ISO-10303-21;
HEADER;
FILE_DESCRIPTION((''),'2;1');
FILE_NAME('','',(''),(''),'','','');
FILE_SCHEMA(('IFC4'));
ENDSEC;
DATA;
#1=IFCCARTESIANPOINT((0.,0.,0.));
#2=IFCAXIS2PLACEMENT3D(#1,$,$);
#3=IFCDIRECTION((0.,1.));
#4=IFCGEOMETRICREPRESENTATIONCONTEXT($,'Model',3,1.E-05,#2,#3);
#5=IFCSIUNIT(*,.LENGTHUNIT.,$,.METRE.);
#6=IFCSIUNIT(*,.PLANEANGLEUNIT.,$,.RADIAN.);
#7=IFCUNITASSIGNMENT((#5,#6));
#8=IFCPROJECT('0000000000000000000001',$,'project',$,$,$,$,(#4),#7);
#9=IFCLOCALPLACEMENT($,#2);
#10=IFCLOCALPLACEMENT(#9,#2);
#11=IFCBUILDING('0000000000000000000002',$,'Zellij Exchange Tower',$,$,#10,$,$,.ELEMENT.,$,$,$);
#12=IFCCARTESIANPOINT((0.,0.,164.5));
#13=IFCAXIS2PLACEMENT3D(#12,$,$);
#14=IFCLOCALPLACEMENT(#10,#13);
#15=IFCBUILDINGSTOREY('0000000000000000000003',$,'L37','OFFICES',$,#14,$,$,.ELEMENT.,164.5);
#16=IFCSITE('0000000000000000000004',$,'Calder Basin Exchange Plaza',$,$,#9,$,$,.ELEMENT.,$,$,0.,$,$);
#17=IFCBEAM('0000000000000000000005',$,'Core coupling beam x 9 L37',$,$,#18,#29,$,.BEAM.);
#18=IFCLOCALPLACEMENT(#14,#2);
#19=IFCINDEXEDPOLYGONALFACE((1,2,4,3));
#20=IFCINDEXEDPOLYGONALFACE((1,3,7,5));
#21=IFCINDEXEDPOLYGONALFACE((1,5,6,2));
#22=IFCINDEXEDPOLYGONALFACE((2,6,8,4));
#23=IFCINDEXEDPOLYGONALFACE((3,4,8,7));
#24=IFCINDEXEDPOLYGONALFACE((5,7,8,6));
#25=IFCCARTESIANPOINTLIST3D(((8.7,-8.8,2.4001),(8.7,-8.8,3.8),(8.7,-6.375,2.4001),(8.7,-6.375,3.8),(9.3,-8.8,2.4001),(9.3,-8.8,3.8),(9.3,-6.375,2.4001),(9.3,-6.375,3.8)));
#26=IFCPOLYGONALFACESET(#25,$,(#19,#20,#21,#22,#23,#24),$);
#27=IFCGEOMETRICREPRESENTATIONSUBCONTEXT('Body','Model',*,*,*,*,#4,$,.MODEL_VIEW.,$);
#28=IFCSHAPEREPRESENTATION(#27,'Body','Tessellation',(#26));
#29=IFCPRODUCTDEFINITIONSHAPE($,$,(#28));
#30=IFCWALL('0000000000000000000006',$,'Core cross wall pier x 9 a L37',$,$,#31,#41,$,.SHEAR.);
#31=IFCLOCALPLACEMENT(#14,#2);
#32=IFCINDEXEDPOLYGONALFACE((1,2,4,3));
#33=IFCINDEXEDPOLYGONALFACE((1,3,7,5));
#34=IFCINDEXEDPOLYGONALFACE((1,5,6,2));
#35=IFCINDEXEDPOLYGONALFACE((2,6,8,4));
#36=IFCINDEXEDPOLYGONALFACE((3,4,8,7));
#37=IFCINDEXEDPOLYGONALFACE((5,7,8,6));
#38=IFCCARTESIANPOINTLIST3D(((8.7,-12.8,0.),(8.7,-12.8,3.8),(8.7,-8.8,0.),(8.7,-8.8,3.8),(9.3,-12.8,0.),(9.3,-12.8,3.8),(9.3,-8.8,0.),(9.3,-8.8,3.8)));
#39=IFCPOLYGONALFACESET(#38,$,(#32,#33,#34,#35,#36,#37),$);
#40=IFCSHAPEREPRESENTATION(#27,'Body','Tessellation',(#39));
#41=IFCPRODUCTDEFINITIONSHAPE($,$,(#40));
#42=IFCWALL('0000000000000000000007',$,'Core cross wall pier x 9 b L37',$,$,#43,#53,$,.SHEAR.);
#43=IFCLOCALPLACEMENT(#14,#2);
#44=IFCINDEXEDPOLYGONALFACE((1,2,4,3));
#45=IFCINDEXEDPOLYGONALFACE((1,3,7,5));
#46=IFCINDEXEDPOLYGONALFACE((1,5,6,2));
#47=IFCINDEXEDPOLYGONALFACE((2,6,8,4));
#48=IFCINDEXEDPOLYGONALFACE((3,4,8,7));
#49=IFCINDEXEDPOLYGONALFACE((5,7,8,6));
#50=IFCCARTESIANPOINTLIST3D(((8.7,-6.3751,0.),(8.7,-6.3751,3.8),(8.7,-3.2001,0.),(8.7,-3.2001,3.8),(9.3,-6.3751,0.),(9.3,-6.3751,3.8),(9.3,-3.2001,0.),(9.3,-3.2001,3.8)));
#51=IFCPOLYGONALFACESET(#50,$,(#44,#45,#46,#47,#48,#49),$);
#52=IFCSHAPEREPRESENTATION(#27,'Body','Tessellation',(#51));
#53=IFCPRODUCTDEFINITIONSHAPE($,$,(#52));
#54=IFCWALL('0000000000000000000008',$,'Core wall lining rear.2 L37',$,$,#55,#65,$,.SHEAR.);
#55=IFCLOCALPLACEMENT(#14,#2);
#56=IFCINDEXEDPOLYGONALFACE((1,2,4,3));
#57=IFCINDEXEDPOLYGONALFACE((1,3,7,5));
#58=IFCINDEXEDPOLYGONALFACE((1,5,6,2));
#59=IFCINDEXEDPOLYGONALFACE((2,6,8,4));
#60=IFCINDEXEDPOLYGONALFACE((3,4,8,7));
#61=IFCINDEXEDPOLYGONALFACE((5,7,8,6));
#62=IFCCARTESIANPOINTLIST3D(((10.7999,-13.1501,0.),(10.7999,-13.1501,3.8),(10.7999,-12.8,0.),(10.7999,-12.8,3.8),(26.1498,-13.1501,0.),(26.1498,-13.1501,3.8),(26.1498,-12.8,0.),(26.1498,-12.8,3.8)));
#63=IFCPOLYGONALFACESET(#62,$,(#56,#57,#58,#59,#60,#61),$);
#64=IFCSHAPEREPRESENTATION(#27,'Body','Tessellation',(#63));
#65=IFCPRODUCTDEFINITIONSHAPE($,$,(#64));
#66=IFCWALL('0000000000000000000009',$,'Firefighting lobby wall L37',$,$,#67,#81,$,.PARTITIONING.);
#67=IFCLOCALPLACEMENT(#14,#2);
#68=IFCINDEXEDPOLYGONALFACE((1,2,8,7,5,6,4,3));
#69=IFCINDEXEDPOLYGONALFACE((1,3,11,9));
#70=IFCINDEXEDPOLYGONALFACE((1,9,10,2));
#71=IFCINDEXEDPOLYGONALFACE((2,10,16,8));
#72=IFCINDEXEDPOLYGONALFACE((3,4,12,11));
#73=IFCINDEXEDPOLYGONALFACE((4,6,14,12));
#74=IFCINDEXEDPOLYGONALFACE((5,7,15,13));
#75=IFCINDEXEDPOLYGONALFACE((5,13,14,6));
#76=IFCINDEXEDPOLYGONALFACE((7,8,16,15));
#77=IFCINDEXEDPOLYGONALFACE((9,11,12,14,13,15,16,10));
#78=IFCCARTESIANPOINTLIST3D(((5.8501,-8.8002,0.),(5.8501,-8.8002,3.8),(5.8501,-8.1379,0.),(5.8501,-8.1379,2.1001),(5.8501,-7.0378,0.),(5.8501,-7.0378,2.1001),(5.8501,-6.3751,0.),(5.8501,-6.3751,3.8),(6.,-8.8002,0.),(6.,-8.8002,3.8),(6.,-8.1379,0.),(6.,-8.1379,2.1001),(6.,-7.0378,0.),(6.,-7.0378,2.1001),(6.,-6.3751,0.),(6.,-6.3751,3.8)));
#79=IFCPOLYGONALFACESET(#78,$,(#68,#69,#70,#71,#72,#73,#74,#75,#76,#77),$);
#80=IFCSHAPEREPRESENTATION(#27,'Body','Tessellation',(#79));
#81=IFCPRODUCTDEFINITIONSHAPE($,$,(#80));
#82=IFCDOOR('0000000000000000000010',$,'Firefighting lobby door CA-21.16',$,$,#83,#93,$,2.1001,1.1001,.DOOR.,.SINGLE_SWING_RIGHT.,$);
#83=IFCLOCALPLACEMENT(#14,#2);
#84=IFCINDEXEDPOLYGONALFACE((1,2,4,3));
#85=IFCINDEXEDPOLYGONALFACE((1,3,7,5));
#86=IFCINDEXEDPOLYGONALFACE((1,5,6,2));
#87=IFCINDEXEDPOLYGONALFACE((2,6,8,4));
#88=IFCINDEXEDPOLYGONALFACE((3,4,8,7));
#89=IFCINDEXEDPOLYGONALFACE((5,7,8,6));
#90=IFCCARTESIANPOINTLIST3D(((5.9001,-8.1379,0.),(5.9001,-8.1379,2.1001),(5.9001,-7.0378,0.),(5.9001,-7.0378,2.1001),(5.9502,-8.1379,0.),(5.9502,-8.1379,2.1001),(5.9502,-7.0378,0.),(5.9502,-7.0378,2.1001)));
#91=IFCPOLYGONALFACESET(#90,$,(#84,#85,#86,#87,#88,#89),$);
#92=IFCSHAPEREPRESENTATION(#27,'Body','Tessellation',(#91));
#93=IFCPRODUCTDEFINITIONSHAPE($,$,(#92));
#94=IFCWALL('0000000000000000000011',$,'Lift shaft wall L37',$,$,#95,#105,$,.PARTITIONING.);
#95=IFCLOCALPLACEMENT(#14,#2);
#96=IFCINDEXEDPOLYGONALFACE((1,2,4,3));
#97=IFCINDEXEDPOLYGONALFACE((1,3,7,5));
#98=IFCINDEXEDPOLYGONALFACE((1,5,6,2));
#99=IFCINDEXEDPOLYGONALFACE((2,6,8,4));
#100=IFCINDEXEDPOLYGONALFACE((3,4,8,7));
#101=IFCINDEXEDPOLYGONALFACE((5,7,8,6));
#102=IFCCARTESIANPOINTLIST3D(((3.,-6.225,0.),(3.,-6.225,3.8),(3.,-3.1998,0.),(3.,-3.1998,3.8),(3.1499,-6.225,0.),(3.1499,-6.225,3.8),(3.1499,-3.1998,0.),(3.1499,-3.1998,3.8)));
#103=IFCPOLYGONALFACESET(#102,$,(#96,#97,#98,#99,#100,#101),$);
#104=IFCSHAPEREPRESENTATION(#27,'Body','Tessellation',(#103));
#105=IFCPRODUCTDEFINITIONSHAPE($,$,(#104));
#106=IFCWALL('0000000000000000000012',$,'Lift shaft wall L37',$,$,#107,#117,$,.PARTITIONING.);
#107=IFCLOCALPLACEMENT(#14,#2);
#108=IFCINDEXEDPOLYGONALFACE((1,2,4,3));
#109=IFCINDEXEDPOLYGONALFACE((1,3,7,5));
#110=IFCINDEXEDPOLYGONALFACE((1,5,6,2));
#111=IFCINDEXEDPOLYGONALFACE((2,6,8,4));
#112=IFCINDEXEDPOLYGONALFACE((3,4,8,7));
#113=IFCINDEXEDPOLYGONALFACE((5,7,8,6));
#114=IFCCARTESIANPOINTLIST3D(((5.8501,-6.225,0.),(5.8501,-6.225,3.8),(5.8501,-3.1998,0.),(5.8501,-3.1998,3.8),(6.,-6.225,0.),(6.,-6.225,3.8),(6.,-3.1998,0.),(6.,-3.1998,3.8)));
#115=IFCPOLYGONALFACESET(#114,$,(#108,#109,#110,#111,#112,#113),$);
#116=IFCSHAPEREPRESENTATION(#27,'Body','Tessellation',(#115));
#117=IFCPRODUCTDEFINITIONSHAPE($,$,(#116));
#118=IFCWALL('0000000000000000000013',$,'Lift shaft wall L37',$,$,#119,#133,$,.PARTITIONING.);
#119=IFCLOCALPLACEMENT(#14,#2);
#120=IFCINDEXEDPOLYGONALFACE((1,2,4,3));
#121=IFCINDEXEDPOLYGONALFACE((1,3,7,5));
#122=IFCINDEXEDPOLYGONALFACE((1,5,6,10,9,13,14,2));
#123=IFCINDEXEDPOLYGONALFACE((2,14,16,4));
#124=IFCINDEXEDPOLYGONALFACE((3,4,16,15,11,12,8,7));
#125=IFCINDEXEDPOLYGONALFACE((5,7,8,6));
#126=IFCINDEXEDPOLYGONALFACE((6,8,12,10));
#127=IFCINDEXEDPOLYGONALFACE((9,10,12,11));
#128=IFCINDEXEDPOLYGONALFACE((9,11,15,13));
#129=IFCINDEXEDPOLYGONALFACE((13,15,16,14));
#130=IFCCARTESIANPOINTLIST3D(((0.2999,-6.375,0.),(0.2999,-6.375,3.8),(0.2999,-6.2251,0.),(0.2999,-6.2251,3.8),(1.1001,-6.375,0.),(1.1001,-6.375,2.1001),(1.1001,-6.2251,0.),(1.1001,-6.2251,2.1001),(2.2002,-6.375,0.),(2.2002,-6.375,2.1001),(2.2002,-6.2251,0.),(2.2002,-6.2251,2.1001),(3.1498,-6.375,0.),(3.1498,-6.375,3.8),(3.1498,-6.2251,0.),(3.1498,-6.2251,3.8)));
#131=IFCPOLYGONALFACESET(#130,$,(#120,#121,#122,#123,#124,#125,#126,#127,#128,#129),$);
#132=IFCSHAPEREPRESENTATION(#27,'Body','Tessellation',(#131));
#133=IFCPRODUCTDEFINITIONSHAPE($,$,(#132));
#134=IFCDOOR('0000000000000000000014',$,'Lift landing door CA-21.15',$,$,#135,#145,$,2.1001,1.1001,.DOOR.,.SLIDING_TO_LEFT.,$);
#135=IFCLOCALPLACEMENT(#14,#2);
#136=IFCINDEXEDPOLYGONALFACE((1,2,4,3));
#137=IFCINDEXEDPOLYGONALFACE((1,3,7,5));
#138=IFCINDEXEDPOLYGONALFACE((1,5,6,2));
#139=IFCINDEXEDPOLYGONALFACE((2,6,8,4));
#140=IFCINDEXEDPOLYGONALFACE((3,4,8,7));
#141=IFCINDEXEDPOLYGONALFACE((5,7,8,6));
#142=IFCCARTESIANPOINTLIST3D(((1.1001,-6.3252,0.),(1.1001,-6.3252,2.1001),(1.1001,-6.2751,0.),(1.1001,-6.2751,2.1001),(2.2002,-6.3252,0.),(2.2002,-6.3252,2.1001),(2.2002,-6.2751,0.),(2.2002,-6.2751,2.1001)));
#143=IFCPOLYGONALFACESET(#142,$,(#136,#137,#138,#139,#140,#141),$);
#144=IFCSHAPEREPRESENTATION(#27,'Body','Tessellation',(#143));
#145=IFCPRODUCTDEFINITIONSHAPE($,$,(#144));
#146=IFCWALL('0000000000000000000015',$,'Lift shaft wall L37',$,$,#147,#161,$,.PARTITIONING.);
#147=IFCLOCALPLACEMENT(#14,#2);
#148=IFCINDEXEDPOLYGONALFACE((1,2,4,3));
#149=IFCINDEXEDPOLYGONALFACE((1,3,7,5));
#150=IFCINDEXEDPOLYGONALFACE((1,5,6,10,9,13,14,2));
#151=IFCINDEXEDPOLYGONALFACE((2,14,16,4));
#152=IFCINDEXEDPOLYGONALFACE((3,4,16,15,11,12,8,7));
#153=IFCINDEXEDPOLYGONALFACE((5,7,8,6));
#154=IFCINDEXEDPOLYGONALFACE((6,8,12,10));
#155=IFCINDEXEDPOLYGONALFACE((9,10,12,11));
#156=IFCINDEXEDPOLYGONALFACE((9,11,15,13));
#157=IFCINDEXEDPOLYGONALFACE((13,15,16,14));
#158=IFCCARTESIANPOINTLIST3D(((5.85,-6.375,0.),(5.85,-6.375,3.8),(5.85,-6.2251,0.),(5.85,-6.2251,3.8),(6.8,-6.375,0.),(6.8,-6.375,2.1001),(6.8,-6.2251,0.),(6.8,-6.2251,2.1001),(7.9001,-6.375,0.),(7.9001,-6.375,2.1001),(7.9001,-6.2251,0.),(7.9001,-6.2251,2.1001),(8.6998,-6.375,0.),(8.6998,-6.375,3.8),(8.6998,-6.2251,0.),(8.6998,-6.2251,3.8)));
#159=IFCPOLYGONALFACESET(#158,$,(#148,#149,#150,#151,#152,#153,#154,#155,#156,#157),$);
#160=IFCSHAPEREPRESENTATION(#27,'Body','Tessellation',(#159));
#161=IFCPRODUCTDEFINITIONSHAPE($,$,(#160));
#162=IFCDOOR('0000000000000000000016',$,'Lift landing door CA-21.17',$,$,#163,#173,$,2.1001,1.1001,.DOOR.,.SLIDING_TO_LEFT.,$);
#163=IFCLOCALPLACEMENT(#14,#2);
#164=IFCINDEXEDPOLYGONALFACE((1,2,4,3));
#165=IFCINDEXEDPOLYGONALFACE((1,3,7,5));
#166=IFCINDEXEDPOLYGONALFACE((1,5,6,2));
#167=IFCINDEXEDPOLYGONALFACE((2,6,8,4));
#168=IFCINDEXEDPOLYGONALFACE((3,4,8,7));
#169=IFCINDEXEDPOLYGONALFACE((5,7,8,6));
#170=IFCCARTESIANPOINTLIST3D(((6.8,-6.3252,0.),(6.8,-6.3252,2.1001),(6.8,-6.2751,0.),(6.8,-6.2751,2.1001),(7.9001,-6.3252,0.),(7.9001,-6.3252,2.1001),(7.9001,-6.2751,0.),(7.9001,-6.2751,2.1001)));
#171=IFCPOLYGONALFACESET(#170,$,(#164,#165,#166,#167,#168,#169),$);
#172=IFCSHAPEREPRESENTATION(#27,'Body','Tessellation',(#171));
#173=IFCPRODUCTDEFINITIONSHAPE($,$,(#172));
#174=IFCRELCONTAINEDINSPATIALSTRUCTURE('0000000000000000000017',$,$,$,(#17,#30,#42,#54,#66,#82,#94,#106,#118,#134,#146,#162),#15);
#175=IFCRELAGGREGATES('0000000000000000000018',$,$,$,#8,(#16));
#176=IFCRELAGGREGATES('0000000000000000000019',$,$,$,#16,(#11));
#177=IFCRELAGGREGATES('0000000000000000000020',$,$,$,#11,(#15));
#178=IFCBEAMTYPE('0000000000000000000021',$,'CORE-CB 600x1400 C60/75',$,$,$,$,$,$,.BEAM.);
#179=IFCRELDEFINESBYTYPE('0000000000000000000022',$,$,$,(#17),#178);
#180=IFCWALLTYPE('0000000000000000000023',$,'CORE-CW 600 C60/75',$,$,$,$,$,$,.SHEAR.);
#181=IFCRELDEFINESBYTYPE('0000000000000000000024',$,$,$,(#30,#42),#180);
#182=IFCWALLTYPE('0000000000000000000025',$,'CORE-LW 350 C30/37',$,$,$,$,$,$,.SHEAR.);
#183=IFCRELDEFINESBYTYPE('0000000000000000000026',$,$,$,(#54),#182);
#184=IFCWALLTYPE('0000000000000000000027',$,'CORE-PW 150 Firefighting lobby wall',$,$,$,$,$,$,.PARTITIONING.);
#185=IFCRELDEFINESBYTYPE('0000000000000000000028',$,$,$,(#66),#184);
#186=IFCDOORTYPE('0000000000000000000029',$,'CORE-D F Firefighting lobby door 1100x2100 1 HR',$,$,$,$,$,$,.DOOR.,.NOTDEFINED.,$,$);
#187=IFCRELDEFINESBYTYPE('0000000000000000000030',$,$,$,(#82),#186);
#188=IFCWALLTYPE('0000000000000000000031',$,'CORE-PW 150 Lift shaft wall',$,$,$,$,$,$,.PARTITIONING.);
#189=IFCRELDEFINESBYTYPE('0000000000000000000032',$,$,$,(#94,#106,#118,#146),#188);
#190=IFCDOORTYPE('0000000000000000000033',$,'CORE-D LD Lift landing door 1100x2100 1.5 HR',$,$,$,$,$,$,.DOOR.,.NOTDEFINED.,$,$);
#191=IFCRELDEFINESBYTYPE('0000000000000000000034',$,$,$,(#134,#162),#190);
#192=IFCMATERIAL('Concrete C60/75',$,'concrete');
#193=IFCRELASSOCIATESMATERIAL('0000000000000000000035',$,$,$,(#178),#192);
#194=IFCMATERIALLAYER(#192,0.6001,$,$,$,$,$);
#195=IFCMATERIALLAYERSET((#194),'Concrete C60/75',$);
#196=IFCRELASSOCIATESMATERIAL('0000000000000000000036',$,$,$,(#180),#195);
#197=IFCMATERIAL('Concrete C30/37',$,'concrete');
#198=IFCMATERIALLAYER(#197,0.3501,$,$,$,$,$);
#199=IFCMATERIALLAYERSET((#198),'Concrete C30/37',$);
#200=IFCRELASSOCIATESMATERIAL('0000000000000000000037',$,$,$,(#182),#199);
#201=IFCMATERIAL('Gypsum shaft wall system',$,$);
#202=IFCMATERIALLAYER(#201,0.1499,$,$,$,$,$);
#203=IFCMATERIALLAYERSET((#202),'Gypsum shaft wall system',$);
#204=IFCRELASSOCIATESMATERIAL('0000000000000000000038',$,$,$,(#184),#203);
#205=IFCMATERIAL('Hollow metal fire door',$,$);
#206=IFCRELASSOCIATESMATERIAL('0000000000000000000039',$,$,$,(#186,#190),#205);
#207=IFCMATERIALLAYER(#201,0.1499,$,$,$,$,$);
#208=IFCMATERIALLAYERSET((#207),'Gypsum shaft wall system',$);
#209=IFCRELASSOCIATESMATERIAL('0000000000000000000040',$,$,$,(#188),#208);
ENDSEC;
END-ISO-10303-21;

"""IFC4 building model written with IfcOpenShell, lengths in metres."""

from ifc_helpers import new_model, si_unit, direction, frame, frame_2d, origin, origin_2d, place, context, subcontext, project, spatial, rectangle, extrude, material, layer, layer_set, material_profile, profile_set, type_object, element, fill, save


model = new_model("IFC4")

# Units and contexts
model_context = context("Model", 3, precision=1e-05, world=origin(), true_north=direction((0.0, 1.0)))
body_context = subcontext(model_context, "Body", "Model", "MODEL_VIEW")
ifc_project = project(units=[si_unit("LENGTHUNIT", "METRE"), si_unit("PLANEANGLEUNIT", "RADIAN")], contexts=[model_context])

# Site, building, storey
site_placement = place(None, origin())
site = spatial("IfcSite", under=ifc_project, at=site_placement, Name="Calder Basin Exchange Plaza", CompositionType="ELEMENT", RefElevation=0.0)
building_placement = place(site_placement, origin())
building = spatial("IfcBuilding", under=site, at=building_placement, Name="Zellij Exchange Tower", CompositionType="ELEMENT")
storey_placement = place(building_placement, frame((0.0, 0.0, 164.5)))
storey = spatial("IfcBuildingStorey", under=building, at=storey_placement, Name="L37", Description="OFFICES", CompositionType="ELEMENT", Elevation=164.5)

# Beam
ifc_material_1 = material(Name="Concrete C60/75", Category="concrete")
ifc_material_profile = material_profile(ifc_material_1, rectangle(XDim=0.6001, YDim=1.3999, at=origin_2d()), Name="CORE-CB 600x1400 C60/75")
ifc_profile_set = profile_set([ifc_material_profile], Name="Concrete C60/75")
beam_type = type_object("IfcBeamType", Name="CORE-CB 600x1400 C60/75", PredefinedType="BEAM", material=ifc_profile_set)
beam_placement = place(storey_placement, frame((9.0, -8.8, 3.1001), z_axis=(0.0, 1.0, 0.0), x_axis=(-1.0, 0.0, 0.0)))
element("IfcBeam", 1, at=beam_placement, inside=storey, type_object=beam_type, Name="Core coupling beam x 9 L37", PredefinedType="BEAM", context=body_context, shape_type="SweptSolid", body=[
    extrude(rectangle(XDim=0.6001, YDim=1.3999, at=origin_2d()), origin(), (0.0, 0.0, 1.0), 2.425),
])

# Walls
ifc_layer_1 = layer(ifc_material_1, 0.6001)
ifc_layer_set_1 = layer_set([ifc_layer_1], Name="Concrete C60/75")
wall_type_1 = type_object("IfcWallType", Name="CORE-CW 600 C60/75", PredefinedType="SHEAR", material=ifc_layer_set_1)
wall_1_placement = place(storey_placement, frame((9.0, -12.8, 0.0), z_axis=(0.0, 0.0, 1.0), x_axis=(0.0, 1.0, 0.0)))
element("IfcWall", 2, at=wall_1_placement, inside=storey, type_object=wall_type_1, Name="Core cross wall pier x 9 a L37", PredefinedType="SHEAR", context=body_context, shape_type="SweptSolid", body=[
    extrude(rectangle(XDim=4.0, YDim=0.6001, at=frame_2d((2.0, 0.0))), origin(), (0.0, 0.0, 1.0), 3.8),
])
wall_2_placement = place(storey_placement, frame((9.0, -6.375, 0.0), z_axis=(0.0, 0.0, 1.0), x_axis=(0.0, 1.0, 0.0)))
element("IfcWall", 3, at=wall_2_placement, inside=storey, type_object=wall_type_1, Name="Core cross wall pier x 9 b L37", PredefinedType="SHEAR", context=body_context, shape_type="SweptSolid", body=[
    extrude(rectangle(XDim=3.175, YDim=0.6001, at=frame_2d((1.5874, 0.0))), origin(), (0.0, 0.0, 1.0), 3.8),
])
ifc_material_2 = material(Name="Concrete C30/37", Category="concrete")
ifc_layer_2 = layer(ifc_material_2, 0.3501)
ifc_layer_set_2 = layer_set([ifc_layer_2], Name="Concrete C30/37")
wall_type_2 = type_object("IfcWallType", Name="CORE-LW 350 C30/37", PredefinedType="SHEAR", material=ifc_layer_set_2)
wall_3_placement = place(storey_placement, frame((10.8, -12.9751, 0.0), z_axis=(0.0, 0.0, 1.0), x_axis=(1.0, 0.0, 0.0)))
element("IfcWall", 4, at=wall_3_placement, inside=storey, type_object=wall_type_2, Name="Core wall lining rear.2 L37", PredefinedType="SHEAR", context=body_context, shape_type="SweptSolid", body=[
    extrude(rectangle(XDim=15.3499, YDim=0.3501, at=frame_2d((7.6748, 0.0))), origin(), (0.0, 0.0, 1.0), 3.8),
])

# Wall, opening, door
ifc_material_3 = material(Name="Gypsum shaft wall system")
ifc_layer_3 = layer(ifc_material_3, 0.1499)
ifc_layer_set_3 = layer_set([ifc_layer_3], Name="Gypsum shaft wall system")
wall_type_3 = type_object("IfcWallType", Name="CORE-PW 150 Firefighting lobby wall", PredefinedType="PARTITIONING", material=ifc_layer_set_3)
wall_4_placement = place(storey_placement, frame((5.925, -8.8, 0.0), z_axis=(0.0, 0.0, 1.0), x_axis=(0.0, 1.0, 0.0)))
wall_4 = element("IfcWall", 5, at=wall_4_placement, inside=storey, type_object=wall_type_3, Name="Firefighting lobby wall L37", PredefinedType="PARTITIONING", context=body_context, shape_type="SweptSolid", body=[
    extrude(rectangle(XDim=2.425, YDim=0.1499, at=frame_2d((1.2124, 0.0))), origin(), (0.0, 0.0, 1.0), 3.8),
])
opening_1_placement = place(wall_4_placement, frame((0.6621, 0.0, 0.0)))
opening_1 = element("IfcOpeningElement", 6, at=opening_1_placement, cuts=wall_4, PredefinedType="OPENING", context=body_context, shape_type="SweptSolid", body=[
    extrude(rectangle(XDim=1.1001, YDim=2.1001, at=frame_2d((0.55, 1.05))), frame((0.0, 0.0869, 0.0), z_axis=(0.0, -1.0, 0.0), x_axis=(1.0, 0.0, 0.0)), (0.0, 0.0, 1.0), 0.1738),
])
ifc_material_4 = material(Name="Hollow metal fire door")
door_type_1 = type_object("IfcDoorType", Name="CORE-D F Firefighting lobby door 1100x2100 1 HR", OperationType="NOTDEFINED", PredefinedType="DOOR", material=ifc_material_4)
door_1_placement = place(opening_1_placement, origin())
door_1 = element("IfcDoor", 7, at=door_1_placement, inside=storey, type_object=door_type_1, Name="Firefighting lobby door CA-21.16", OperationType="SINGLE_SWING_RIGHT", OverallHeight=2.1001, OverallWidth=1.1001, PredefinedType="DOOR", context=body_context, shape_type="SweptSolid", body=[
    extrude(rectangle(XDim=1.1001, YDim=2.1001, at=frame_2d((0.55, 1.05))), frame((0.0, 0.0249, 0.0), z_axis=(0.0, -1.0, 0.0), x_axis=(1.0, 0.0, 0.0)), (0.0, 0.0, 1.0), 0.05),
])
fill(opening_1, door_1)

# Walls
ifc_layer_4 = layer(ifc_material_3, 0.1499)
ifc_layer_set_4 = layer_set([ifc_layer_4], Name="Gypsum shaft wall system")
wall_type_4 = type_object("IfcWallType", Name="CORE-PW 150 Lift shaft wall", PredefinedType="PARTITIONING", material=ifc_layer_set_4)
for number, where, z_axis, x_axis, name in (
    (8, (3.075, -6.2251, 0.0), (0.0, 0.0, 1.0), (0.0, 1.0, 0.0), "Lift shaft wall L37"),
    (9, (5.925, -6.2251, 0.0), (0.0, 0.0, 1.0), (0.0, 1.0, 0.0), "Lift shaft wall L37"),
):
    element("IfcWall", number, at=place(storey_placement, frame(where, z_axis=z_axis, x_axis=x_axis)), inside=storey, type_object=wall_type_4, Name=name, PredefinedType="PARTITIONING", context=body_context, shape_type="SweptSolid", body=[
        extrude(rectangle(XDim=3.0251, YDim=0.1499, at=frame_2d((1.5127, 0.0))), origin(), (0.0, 0.0, 1.0), 3.8),
    ])

# Walls, openings, doors
wall_5_placement = place(storey_placement, frame((0.3, -6.3, 0.0), z_axis=(0.0, 0.0, 1.0), x_axis=(1.0, 0.0, 0.0)))
wall_5 = element("IfcWall", 10, at=wall_5_placement, inside=storey, type_object=wall_type_4, Name="Lift shaft wall L37", PredefinedType="PARTITIONING", context=body_context, shape_type="SweptSolid", body=[
    extrude(rectangle(XDim=2.8499, YDim=0.1499, at=frame_2d((1.4248, 0.0))), origin(), (0.0, 0.0, 1.0), 3.8),
])
opening_2_placement = place(wall_5_placement, frame((0.8, 0.0, 0.0)))
opening_2 = element("IfcOpeningElement", 11, at=opening_2_placement, cuts=wall_5, PredefinedType="OPENING", context=body_context, shape_type="SweptSolid", body=[
    extrude(rectangle(XDim=1.1001, YDim=2.1001, at=frame_2d((0.55, 1.05))), frame((0.0, 0.0869, 0.0), z_axis=(0.0, -1.0, 0.0), x_axis=(1.0, 0.0, 0.0)), (0.0, 0.0, 1.0), 0.1738),
])
door_type_2 = type_object("IfcDoorType", Name="CORE-D LD Lift landing door 1100x2100 1.5 HR", OperationType="NOTDEFINED", PredefinedType="DOOR", material=ifc_material_4)
door_2_placement = place(opening_2_placement, origin())
door_2 = element("IfcDoor", 12, at=door_2_placement, inside=storey, type_object=door_type_2, Name="Lift landing door CA-21.15", OperationType="SLIDING_TO_LEFT", OverallHeight=2.1001, OverallWidth=1.1001, PredefinedType="DOOR", context=body_context, shape_type="SweptSolid", body=[
    extrude(rectangle(XDim=1.1001, YDim=2.1001, at=frame_2d((0.55, 1.05))), frame((0.0, 0.0249, 0.0), z_axis=(0.0, -1.0, 0.0), x_axis=(1.0, 0.0, 0.0)), (0.0, 0.0, 1.0), 0.05),
])
fill(opening_2, door_2)
wall_6_placement = place(storey_placement, frame((5.8501, -6.3, 0.0), z_axis=(0.0, 0.0, 1.0), x_axis=(1.0, 0.0, 0.0)))
wall_6 = element("IfcWall", 13, at=wall_6_placement, inside=storey, type_object=wall_type_4, Name="Lift shaft wall L37", PredefinedType="PARTITIONING", context=body_context, shape_type="SweptSolid", body=[
    extrude(rectangle(XDim=2.8499, YDim=0.1499, at=frame_2d((1.4248, 0.0))), origin(), (0.0, 0.0, 1.0), 3.8),
])
opening_3_placement = place(wall_6_placement, frame((0.95, 0.0, 0.0)))
opening_3 = element("IfcOpeningElement", 14, at=opening_3_placement, cuts=wall_6, PredefinedType="OPENING", context=body_context, shape_type="SweptSolid", body=[
    extrude(rectangle(XDim=1.1001, YDim=2.1001, at=frame_2d((0.55, 1.05))), frame((0.0, 0.0869, 0.0), z_axis=(0.0, -1.0, 0.0), x_axis=(1.0, 0.0, 0.0)), (0.0, 0.0, 1.0), 0.1738),
])
door_3_placement = place(opening_3_placement, origin())
door_3 = element("IfcDoor", 15, at=door_3_placement, inside=storey, type_object=door_type_2, Name="Lift landing door CA-21.17", OperationType="SLIDING_TO_LEFT", OverallHeight=2.1001, OverallWidth=1.1001, PredefinedType="DOOR", context=body_context, shape_type="SweptSolid", body=[
    extrude(rectangle(XDim=1.1001, YDim=2.1001, at=frame_2d((0.55, 1.05))), frame((0.0, 0.0249, 0.0), z_axis=(0.0, -1.0, 0.0), x_axis=(1.0, 0.0, 0.0)), (0.0, 0.0, 1.0), 0.05),
])
fill(opening_3, door_3)

save(model, "model.ifc")
